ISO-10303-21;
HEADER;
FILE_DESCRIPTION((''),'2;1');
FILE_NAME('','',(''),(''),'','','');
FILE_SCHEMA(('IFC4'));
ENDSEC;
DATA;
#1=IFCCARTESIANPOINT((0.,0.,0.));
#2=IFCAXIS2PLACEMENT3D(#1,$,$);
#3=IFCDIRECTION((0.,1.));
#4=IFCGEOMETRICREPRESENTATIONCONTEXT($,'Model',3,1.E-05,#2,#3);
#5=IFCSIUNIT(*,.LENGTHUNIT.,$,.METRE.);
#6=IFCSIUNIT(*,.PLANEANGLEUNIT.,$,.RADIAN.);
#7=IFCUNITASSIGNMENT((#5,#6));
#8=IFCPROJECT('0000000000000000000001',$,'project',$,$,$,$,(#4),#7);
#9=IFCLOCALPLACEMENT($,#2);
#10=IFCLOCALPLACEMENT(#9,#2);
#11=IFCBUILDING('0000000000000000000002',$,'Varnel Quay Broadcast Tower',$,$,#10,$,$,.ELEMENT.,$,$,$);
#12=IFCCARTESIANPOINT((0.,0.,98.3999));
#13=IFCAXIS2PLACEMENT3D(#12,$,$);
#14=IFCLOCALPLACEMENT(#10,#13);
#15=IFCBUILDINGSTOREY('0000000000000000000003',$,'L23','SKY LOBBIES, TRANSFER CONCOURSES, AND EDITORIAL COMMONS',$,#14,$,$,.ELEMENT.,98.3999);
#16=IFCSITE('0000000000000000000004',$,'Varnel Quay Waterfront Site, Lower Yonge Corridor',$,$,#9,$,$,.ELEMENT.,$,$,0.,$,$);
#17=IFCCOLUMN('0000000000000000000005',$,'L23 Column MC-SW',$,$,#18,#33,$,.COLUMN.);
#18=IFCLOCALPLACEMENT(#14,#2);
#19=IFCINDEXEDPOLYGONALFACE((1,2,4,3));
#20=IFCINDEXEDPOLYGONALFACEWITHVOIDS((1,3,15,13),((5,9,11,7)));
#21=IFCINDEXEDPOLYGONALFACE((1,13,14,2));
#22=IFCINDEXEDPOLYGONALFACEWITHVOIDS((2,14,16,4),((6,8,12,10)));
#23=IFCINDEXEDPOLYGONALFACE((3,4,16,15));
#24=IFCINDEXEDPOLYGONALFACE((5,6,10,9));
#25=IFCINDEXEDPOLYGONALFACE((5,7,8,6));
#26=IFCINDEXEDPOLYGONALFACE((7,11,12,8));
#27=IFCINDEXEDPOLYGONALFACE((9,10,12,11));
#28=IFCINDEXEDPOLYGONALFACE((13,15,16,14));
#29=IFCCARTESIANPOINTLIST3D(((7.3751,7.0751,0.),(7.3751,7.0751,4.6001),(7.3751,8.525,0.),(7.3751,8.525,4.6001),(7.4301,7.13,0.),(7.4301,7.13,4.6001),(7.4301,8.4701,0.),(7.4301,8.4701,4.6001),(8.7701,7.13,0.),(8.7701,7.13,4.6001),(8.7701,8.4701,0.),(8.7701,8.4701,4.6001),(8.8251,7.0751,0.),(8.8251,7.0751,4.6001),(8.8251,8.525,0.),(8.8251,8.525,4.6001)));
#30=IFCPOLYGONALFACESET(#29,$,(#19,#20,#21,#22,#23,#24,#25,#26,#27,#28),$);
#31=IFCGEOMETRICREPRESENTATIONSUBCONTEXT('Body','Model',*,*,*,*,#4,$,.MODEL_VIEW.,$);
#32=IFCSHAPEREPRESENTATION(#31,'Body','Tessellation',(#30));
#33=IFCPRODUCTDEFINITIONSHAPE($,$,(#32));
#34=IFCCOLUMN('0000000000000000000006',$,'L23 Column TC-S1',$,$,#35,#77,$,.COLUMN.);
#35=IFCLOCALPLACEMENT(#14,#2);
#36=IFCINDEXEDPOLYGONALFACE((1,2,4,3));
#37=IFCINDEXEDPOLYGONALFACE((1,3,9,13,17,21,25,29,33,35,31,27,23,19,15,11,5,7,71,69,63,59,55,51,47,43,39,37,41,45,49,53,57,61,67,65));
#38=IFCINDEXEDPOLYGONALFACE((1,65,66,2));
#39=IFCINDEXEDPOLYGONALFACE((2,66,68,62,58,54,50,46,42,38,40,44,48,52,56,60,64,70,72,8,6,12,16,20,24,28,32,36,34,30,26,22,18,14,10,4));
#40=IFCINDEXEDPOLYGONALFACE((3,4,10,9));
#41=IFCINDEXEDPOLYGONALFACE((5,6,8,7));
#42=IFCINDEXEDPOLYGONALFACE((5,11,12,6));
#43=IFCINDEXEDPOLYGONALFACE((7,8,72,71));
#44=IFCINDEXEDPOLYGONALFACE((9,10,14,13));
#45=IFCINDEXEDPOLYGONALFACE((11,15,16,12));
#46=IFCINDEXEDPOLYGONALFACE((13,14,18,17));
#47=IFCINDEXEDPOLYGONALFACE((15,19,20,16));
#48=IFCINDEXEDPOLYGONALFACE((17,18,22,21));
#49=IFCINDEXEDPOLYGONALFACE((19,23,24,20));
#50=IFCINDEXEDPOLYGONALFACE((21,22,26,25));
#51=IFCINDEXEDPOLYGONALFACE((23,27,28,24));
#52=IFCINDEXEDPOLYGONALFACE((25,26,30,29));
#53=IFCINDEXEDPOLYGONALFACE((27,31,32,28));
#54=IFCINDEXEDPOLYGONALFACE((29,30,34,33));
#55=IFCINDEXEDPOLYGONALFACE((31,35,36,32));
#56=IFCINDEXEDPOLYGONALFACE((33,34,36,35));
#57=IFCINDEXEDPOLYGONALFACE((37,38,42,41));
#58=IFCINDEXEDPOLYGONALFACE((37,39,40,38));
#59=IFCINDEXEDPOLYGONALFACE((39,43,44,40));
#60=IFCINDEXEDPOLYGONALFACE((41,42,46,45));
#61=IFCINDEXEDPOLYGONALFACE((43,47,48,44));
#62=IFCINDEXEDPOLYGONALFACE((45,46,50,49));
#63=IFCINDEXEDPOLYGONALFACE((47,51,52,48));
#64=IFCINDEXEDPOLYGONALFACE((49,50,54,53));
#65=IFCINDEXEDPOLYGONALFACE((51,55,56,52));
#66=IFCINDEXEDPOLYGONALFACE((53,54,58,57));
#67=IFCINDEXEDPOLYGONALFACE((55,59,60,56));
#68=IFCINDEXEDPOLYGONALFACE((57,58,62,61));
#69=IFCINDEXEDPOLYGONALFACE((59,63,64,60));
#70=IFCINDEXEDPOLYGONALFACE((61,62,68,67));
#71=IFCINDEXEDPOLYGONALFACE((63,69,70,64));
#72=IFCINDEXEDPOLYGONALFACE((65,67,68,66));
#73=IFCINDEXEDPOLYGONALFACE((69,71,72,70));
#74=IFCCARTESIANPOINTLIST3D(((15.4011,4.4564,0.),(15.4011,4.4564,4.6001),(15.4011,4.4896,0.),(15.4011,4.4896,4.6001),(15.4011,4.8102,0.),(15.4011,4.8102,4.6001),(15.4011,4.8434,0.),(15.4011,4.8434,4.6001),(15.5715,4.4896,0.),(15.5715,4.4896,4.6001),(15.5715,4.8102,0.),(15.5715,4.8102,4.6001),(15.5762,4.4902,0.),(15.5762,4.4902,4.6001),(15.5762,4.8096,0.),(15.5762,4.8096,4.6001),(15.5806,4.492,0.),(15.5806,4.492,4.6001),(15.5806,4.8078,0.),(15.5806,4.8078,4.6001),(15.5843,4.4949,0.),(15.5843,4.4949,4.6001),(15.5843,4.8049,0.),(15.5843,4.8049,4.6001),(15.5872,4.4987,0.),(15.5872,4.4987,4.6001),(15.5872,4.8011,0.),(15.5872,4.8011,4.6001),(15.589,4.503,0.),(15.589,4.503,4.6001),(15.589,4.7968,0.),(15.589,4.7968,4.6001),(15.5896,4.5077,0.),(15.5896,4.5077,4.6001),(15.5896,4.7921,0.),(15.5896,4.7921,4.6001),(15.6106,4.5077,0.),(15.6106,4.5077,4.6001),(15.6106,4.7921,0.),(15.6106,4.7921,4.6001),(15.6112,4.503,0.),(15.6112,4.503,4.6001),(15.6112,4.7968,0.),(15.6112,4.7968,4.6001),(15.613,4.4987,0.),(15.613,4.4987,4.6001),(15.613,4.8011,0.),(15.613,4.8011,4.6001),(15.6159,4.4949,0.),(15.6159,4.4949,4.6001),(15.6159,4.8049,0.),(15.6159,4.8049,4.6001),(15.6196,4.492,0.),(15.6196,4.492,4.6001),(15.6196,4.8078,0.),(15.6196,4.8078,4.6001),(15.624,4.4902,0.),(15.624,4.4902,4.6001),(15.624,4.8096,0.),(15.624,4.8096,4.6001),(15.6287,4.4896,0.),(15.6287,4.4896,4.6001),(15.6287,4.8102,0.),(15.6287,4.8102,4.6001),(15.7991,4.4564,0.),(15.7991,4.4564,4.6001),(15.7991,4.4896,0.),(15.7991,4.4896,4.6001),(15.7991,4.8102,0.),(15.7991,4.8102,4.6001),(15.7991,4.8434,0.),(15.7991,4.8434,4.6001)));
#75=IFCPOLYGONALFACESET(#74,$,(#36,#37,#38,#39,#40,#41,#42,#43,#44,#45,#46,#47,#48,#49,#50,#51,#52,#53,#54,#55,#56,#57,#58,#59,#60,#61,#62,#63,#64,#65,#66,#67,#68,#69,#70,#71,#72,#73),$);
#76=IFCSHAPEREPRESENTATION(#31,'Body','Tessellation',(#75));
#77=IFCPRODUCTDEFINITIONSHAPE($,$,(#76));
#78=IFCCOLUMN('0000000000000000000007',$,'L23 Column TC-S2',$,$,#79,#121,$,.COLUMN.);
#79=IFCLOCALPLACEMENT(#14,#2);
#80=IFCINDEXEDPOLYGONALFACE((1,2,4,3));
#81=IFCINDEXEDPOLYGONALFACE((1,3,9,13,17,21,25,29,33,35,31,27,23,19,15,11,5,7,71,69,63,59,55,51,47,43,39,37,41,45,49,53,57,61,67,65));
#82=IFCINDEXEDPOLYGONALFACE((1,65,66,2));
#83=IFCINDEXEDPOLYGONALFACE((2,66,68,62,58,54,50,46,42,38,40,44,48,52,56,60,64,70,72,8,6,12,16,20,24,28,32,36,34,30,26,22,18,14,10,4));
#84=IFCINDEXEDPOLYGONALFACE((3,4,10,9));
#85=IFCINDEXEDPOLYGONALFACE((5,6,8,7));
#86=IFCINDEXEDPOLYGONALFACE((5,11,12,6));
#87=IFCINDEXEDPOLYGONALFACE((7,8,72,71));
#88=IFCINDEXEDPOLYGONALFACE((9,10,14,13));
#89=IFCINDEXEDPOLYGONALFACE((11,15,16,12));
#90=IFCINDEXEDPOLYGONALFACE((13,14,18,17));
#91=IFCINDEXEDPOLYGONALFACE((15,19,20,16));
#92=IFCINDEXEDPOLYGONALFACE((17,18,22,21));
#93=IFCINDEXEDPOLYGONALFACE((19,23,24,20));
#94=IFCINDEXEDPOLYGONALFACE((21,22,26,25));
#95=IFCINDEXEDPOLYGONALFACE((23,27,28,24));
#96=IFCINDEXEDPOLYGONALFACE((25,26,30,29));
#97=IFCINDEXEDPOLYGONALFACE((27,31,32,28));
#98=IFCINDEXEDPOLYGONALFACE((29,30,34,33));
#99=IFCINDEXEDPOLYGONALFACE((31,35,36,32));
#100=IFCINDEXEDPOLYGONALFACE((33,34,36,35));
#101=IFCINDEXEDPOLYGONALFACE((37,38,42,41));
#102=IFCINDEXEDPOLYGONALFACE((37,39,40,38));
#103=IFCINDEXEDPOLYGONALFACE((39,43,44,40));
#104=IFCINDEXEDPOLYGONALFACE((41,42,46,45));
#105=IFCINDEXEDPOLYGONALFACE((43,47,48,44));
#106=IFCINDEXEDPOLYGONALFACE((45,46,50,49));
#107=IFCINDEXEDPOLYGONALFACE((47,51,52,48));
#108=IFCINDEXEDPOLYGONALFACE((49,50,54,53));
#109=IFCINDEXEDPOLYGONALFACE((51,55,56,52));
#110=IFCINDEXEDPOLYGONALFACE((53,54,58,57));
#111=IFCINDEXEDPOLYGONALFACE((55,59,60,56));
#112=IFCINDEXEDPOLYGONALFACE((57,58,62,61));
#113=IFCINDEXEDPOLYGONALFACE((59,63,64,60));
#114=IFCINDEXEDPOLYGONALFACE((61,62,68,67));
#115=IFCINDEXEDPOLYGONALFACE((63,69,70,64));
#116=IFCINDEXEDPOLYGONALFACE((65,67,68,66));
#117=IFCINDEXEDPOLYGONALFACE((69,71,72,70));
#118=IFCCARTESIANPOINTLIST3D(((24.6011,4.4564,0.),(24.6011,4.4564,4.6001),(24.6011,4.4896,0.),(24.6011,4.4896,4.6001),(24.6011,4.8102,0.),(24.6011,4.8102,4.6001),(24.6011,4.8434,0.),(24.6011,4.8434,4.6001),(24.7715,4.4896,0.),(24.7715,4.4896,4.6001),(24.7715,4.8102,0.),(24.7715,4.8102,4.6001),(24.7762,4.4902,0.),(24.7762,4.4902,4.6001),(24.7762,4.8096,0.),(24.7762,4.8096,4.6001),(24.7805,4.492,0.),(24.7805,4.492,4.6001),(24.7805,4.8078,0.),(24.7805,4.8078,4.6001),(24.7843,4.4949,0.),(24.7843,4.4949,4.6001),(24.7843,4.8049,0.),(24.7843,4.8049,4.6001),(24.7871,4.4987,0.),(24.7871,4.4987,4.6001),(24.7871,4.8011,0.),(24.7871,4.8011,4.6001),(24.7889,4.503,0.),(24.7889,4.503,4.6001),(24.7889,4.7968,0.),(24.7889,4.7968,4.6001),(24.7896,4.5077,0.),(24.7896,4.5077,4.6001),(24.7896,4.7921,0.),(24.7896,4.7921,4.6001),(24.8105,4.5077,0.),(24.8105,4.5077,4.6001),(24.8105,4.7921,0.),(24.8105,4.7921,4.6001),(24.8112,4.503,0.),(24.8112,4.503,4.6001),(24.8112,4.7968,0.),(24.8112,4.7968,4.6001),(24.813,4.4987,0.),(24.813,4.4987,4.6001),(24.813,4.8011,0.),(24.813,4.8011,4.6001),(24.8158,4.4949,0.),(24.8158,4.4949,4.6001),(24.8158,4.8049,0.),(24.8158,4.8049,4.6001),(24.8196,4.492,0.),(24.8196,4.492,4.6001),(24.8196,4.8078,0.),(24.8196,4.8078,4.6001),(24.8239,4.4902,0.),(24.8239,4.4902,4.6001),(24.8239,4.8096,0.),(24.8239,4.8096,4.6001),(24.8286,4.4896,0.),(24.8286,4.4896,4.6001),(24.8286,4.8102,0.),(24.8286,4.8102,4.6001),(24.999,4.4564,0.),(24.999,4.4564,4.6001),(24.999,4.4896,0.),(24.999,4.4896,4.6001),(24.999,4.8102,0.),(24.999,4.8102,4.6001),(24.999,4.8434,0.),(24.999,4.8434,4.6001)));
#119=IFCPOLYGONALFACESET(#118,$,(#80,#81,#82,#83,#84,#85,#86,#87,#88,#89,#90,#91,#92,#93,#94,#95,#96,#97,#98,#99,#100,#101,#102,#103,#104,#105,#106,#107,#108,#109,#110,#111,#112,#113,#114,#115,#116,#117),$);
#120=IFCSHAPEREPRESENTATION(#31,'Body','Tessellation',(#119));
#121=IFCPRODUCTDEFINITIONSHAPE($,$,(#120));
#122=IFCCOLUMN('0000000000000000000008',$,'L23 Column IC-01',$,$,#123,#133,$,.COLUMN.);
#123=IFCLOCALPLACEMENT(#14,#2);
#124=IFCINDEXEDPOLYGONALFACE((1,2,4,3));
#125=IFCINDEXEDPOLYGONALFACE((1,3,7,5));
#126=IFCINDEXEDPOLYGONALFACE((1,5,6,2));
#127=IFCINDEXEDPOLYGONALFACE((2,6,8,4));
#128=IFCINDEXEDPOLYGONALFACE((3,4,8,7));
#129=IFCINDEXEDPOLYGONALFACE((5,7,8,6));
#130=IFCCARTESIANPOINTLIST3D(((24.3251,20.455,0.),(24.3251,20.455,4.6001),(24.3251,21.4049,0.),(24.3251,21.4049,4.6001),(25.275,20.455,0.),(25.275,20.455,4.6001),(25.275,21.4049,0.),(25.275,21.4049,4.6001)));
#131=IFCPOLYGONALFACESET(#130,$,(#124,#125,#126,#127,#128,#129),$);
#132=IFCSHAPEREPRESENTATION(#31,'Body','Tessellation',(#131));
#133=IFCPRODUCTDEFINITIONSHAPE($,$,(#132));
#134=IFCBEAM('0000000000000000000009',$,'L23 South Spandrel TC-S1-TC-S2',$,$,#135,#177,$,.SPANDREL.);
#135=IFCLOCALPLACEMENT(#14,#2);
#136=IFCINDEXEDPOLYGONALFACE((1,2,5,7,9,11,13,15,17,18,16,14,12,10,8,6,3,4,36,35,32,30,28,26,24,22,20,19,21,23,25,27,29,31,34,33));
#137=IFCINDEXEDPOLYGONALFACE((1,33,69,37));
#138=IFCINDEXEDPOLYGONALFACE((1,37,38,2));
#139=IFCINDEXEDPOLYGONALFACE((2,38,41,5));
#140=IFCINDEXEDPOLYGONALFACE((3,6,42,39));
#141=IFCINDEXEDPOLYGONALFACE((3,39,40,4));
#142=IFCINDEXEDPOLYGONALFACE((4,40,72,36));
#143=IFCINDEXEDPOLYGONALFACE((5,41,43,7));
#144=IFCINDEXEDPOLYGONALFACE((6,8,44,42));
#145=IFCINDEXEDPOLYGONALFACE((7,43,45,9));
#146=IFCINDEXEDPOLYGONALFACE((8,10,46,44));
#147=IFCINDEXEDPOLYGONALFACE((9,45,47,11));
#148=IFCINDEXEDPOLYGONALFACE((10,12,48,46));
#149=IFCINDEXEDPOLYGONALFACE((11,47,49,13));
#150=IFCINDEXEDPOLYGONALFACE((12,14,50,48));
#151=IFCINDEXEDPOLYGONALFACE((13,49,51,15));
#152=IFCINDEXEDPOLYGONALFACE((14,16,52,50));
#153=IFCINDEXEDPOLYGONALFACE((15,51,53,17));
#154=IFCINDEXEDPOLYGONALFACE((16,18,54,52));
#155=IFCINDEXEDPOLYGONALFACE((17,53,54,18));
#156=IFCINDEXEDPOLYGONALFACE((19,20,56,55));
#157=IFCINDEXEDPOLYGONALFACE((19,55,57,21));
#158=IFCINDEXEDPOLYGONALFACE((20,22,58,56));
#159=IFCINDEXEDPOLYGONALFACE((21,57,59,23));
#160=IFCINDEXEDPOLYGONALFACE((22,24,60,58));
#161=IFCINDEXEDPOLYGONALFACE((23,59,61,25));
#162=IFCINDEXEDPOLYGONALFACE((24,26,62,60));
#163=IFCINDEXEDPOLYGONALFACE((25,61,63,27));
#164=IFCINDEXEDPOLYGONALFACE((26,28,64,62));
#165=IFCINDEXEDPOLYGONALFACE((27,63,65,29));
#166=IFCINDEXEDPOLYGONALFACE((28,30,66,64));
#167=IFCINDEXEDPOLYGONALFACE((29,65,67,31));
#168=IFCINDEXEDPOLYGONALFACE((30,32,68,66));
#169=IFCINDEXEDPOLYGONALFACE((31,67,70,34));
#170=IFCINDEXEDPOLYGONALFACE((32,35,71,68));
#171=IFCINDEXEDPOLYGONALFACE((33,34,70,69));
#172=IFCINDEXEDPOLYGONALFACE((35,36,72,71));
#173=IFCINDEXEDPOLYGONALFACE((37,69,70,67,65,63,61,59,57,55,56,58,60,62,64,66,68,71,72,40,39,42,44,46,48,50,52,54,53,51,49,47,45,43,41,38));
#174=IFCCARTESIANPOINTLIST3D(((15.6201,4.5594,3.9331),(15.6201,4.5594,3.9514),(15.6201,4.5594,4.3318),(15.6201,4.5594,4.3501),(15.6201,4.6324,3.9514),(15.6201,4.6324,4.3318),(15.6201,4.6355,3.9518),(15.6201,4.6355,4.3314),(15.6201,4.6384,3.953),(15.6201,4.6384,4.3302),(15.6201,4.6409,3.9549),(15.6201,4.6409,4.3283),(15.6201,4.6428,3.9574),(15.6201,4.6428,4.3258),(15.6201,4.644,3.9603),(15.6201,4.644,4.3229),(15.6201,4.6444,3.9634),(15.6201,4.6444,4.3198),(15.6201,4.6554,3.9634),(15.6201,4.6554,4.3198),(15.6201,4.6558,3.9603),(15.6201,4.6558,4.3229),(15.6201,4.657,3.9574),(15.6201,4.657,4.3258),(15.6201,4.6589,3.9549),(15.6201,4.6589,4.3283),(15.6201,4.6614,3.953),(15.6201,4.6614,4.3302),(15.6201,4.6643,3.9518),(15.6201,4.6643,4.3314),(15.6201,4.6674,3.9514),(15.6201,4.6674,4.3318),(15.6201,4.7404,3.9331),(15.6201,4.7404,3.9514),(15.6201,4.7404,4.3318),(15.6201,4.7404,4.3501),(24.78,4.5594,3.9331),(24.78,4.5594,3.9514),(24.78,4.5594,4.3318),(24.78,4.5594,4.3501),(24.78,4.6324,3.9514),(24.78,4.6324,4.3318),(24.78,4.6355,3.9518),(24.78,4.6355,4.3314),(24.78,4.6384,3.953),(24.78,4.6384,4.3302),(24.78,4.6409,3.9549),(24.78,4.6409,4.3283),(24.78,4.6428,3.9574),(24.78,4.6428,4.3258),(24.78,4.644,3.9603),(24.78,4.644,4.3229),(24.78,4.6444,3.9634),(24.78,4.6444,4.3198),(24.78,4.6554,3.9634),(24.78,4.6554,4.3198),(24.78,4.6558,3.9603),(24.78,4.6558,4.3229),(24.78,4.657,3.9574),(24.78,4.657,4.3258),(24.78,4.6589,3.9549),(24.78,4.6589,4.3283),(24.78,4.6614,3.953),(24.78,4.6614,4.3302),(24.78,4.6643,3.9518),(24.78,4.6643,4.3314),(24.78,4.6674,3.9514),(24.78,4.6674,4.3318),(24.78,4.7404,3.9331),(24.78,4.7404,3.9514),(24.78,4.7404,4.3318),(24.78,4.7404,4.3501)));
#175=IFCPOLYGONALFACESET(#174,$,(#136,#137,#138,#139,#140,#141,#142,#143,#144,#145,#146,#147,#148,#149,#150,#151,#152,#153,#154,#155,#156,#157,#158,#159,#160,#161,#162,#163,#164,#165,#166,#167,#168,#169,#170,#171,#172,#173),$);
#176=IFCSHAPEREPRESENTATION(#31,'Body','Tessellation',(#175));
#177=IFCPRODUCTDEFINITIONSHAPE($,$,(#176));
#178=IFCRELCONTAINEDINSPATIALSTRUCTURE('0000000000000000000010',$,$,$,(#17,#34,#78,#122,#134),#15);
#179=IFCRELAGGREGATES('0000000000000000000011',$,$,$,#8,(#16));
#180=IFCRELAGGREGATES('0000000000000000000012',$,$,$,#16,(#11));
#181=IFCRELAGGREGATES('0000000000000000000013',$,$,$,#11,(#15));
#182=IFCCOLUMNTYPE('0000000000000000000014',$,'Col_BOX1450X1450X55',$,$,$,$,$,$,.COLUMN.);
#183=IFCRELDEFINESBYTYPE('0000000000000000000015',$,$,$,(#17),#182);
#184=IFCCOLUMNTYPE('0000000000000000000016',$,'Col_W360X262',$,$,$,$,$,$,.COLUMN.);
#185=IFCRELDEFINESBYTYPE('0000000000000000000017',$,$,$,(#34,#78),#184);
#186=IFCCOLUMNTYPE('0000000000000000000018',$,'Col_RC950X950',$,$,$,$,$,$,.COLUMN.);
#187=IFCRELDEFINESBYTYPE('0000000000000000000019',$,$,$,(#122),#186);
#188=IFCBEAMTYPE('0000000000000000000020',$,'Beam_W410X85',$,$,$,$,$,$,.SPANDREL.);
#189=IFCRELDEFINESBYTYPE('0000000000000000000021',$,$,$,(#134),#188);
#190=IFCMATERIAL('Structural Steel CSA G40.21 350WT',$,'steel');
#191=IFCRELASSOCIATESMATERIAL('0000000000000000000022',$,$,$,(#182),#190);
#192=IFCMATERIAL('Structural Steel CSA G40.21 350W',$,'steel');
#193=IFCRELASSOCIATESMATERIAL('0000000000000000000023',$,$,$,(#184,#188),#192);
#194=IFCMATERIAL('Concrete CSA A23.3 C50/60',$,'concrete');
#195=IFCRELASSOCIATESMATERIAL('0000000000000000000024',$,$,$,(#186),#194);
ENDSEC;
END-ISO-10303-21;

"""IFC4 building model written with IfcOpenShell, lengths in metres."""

from ifc_helpers import new_model, si_unit, direction, frame, origin, origin_2d, place, context, subcontext, project, spatial, rectangle, hollow_rectangle, i_section, extrude, source, transform, mapped, material, material_profile, profile_set, type_object, type_shapes, element, save


model = new_model("IFC4")

# Units and contexts
model_context = context("Model", 3, precision=1e-05, world=origin(), true_north=direction((0.0, 1.0)))
body_context = subcontext(model_context, "Body", "Model", "MODEL_VIEW")
ifc_project = project(units=[si_unit("LENGTHUNIT", "METRE"), si_unit("PLANEANGLEUNIT", "RADIAN")], contexts=[model_context])

# Site, building, storey
site_placement = place(None, origin())
site = spatial("IfcSite", under=ifc_project, at=site_placement, Name="Varnel Quay Waterfront Site, Lower Yonge Corridor", CompositionType="ELEMENT", RefElevation=0.0)
building_placement = place(site_placement, origin())
building = spatial("IfcBuilding", under=site, at=building_placement, Name="Varnel Quay Broadcast Tower", CompositionType="ELEMENT")
storey_placement = place(building_placement, frame((0.0, 0.0, 98.3999)))
storey = spatial("IfcBuildingStorey", under=building, at=storey_placement, Name="L23", Description="SKY LOBBIES, TRANSFER CONCOURSES, AND EDITORIAL COMMONS", CompositionType="ELEMENT", Elevation=98.3999)

# Columns
ifc_material_1 = material(Name="Structural Steel CSA G40.21 350WT", Category="steel")
ifc_material_profile_1 = material_profile(ifc_material_1, hollow_rectangle(XDim=1.45, YDim=1.45, WallThickness=0.0549, at=origin_2d()), Name="BOX1450X1450X55")
ifc_profile_set_1 = profile_set([ifc_material_profile_1], Name="Structural Steel CSA G40.21 350WT")
column_type_1 = type_object("IfcColumnType", Name="Col_BOX1450X1450X55", PredefinedType="COLUMN", material=ifc_profile_set_1)
shared_shape_1 = source(origin(), body_context, "Body", "SweptSolid", [
    extrude(hollow_rectangle(XDim=1.45, YDim=1.45, WallThickness=0.0549, at=origin_2d()), origin(), (0.0, 0.0, 1.0), 4.6001),
])
type_shapes(column_type_1, [shared_shape_1])
column_1_placement = place(storey_placement, frame((8.1001, 7.8, 0.0), z_axis=(0.0, 0.0, 1.0), x_axis=(1.0, 0.0, 0.0)))
element("IfcColumn", 1, at=column_1_placement, inside=storey, type_object=column_type_1, Name="L23 Column MC-SW", PredefinedType="COLUMN", context=body_context, shape_type="MappedRepresentation", body=[
    mapped(shared_shape_1, transform((0.0, 0.0, 0.0), x_axis=(1.0, 0.0, 0.0), y_axis=(0.0, 1.0, 0.0), z_axis=(0.0, 0.0, 1.0), scale=1.0)),
])
ifc_material_2 = material(Name="Structural Steel CSA G40.21 350W", Category="steel")
ifc_material_profile_2 = material_profile(ifc_material_2, i_section(OverallWidth=0.3979, OverallDepth=0.387, WebThickness=0.021, FlangeThickness=0.0332, FilletRadius=0.0181, at=origin_2d()), Name="W360X262")
ifc_profile_set_2 = profile_set([ifc_material_profile_2], Name="Structural Steel CSA G40.21 350W")
column_type_2 = type_object("IfcColumnType", Name="Col_W360X262", PredefinedType="COLUMN", material=ifc_profile_set_2)
shared_shape_2 = source(origin(), body_context, "Body", "SweptSolid", [
    extrude(i_section(OverallWidth=0.3979, OverallDepth=0.387, WebThickness=0.021, FlangeThickness=0.0332, FilletRadius=0.0181, at=origin_2d()), origin(), (0.0, 0.0, 1.0), 4.6001),
])
type_shapes(column_type_2, [shared_shape_2])
for number, where, z_axis, x_axis, name in (
    (2, (15.6001, 4.6499, 0.0), (0.0, 0.0, 1.0), (1.0, 0.0, 0.0), "L23 Column TC-S1"),
    (3, (24.8, 4.6499, 0.0), (0.0, 0.0, 1.0), (1.0, 0.0, 0.0), "L23 Column TC-S2"),
):
    element("IfcColumn", number, at=place(storey_placement, frame(where, z_axis=z_axis, x_axis=x_axis)), inside=storey, type_object=column_type_2, Name=name, PredefinedType="COLUMN", context=body_context, shape_type="MappedRepresentation", body=[
        mapped(shared_shape_2, transform((0.0, 0.0, 0.0), x_axis=(1.0, 0.0, 0.0), y_axis=(0.0, 1.0, 0.0), z_axis=(0.0, 0.0, 1.0), scale=1.0)),
    ])
ifc_material_3 = material(Name="Concrete CSA A23.3 C50/60", Category="concrete")
ifc_material_profile_3 = material_profile(ifc_material_3, rectangle(XDim=0.95, YDim=0.95, at=origin_2d()), Name="RC950X950")
ifc_profile_set_3 = profile_set([ifc_material_profile_3], Name="Concrete CSA A23.3 C50/60")
column_type_3 = type_object("IfcColumnType", Name="Col_RC950X950", PredefinedType="COLUMN", material=ifc_profile_set_3)
shared_shape_3 = source(origin(), body_context, "Body", "SweptSolid", [
    extrude(rectangle(XDim=0.95, YDim=0.95, at=origin_2d()), origin(), (0.0, 0.0, 1.0), 4.6001),
])
type_shapes(column_type_3, [shared_shape_3])
column_2_placement = place(storey_placement, frame((24.8, 20.9299, 0.0), z_axis=(0.0, 0.0, 1.0), x_axis=(1.0, 0.0, 0.0)))
element("IfcColumn", 4, at=column_2_placement, inside=storey, type_object=column_type_3, Name="L23 Column IC-01", PredefinedType="COLUMN", context=body_context, shape_type="MappedRepresentation", body=[
    mapped(shared_shape_3, transform((0.0, 0.0, 0.0), x_axis=(1.0, 0.0, 0.0), y_axis=(0.0, 1.0, 0.0), z_axis=(0.0, 0.0, 1.0), scale=1.0)),
])

# Beam
ifc_material_profile_4 = material_profile(ifc_material_2, i_section(OverallWidth=0.1809, OverallDepth=0.417, WebThickness=0.011, FlangeThickness=0.0183, FilletRadius=0.012, at=origin_2d()), Name="W410X85")
ifc_profile_set_4 = profile_set([ifc_material_profile_4], Name="Structural Steel CSA G40.21 350W")
beam_type_1 = type_object("IfcBeamType", Name="Beam_W410X85", PredefinedType="SPANDREL", material=ifc_profile_set_4)
shared_shape_4 = source(origin(), body_context, "Body", "SweptSolid", [
    extrude(i_section(OverallWidth=0.1809, OverallDepth=0.417, WebThickness=0.011, FlangeThickness=0.0183, FilletRadius=0.012, at=origin_2d()), origin(), (0.0, 0.0, 1.0), 9.1599),
])
for number, where, z_axis, x_axis, name in (
    (5, (15.6201, 4.6499, 4.1416), (1.0, 0.0, 0.0), (0.0, 1.0, 0.0), "L23 South Spandrel TC-S1-TC-S2"),
):
    element("IfcBeam", number, at=place(storey_placement, frame(where, z_axis=z_axis, x_axis=x_axis)), inside=storey, type_object=beam_type_1, Name=name, PredefinedType="SPANDREL", context=body_context, shape_type="MappedRepresentation", body=[
        mapped(shared_shape_4, transform((0.0, 0.0, 0.0), x_axis=(1.0, 0.0, 0.0), y_axis=(0.0, 1.0, 0.0), z_axis=(0.0, 0.0, 1.0), scale=1.0)),
    ])

save(model, "model.ifc")
